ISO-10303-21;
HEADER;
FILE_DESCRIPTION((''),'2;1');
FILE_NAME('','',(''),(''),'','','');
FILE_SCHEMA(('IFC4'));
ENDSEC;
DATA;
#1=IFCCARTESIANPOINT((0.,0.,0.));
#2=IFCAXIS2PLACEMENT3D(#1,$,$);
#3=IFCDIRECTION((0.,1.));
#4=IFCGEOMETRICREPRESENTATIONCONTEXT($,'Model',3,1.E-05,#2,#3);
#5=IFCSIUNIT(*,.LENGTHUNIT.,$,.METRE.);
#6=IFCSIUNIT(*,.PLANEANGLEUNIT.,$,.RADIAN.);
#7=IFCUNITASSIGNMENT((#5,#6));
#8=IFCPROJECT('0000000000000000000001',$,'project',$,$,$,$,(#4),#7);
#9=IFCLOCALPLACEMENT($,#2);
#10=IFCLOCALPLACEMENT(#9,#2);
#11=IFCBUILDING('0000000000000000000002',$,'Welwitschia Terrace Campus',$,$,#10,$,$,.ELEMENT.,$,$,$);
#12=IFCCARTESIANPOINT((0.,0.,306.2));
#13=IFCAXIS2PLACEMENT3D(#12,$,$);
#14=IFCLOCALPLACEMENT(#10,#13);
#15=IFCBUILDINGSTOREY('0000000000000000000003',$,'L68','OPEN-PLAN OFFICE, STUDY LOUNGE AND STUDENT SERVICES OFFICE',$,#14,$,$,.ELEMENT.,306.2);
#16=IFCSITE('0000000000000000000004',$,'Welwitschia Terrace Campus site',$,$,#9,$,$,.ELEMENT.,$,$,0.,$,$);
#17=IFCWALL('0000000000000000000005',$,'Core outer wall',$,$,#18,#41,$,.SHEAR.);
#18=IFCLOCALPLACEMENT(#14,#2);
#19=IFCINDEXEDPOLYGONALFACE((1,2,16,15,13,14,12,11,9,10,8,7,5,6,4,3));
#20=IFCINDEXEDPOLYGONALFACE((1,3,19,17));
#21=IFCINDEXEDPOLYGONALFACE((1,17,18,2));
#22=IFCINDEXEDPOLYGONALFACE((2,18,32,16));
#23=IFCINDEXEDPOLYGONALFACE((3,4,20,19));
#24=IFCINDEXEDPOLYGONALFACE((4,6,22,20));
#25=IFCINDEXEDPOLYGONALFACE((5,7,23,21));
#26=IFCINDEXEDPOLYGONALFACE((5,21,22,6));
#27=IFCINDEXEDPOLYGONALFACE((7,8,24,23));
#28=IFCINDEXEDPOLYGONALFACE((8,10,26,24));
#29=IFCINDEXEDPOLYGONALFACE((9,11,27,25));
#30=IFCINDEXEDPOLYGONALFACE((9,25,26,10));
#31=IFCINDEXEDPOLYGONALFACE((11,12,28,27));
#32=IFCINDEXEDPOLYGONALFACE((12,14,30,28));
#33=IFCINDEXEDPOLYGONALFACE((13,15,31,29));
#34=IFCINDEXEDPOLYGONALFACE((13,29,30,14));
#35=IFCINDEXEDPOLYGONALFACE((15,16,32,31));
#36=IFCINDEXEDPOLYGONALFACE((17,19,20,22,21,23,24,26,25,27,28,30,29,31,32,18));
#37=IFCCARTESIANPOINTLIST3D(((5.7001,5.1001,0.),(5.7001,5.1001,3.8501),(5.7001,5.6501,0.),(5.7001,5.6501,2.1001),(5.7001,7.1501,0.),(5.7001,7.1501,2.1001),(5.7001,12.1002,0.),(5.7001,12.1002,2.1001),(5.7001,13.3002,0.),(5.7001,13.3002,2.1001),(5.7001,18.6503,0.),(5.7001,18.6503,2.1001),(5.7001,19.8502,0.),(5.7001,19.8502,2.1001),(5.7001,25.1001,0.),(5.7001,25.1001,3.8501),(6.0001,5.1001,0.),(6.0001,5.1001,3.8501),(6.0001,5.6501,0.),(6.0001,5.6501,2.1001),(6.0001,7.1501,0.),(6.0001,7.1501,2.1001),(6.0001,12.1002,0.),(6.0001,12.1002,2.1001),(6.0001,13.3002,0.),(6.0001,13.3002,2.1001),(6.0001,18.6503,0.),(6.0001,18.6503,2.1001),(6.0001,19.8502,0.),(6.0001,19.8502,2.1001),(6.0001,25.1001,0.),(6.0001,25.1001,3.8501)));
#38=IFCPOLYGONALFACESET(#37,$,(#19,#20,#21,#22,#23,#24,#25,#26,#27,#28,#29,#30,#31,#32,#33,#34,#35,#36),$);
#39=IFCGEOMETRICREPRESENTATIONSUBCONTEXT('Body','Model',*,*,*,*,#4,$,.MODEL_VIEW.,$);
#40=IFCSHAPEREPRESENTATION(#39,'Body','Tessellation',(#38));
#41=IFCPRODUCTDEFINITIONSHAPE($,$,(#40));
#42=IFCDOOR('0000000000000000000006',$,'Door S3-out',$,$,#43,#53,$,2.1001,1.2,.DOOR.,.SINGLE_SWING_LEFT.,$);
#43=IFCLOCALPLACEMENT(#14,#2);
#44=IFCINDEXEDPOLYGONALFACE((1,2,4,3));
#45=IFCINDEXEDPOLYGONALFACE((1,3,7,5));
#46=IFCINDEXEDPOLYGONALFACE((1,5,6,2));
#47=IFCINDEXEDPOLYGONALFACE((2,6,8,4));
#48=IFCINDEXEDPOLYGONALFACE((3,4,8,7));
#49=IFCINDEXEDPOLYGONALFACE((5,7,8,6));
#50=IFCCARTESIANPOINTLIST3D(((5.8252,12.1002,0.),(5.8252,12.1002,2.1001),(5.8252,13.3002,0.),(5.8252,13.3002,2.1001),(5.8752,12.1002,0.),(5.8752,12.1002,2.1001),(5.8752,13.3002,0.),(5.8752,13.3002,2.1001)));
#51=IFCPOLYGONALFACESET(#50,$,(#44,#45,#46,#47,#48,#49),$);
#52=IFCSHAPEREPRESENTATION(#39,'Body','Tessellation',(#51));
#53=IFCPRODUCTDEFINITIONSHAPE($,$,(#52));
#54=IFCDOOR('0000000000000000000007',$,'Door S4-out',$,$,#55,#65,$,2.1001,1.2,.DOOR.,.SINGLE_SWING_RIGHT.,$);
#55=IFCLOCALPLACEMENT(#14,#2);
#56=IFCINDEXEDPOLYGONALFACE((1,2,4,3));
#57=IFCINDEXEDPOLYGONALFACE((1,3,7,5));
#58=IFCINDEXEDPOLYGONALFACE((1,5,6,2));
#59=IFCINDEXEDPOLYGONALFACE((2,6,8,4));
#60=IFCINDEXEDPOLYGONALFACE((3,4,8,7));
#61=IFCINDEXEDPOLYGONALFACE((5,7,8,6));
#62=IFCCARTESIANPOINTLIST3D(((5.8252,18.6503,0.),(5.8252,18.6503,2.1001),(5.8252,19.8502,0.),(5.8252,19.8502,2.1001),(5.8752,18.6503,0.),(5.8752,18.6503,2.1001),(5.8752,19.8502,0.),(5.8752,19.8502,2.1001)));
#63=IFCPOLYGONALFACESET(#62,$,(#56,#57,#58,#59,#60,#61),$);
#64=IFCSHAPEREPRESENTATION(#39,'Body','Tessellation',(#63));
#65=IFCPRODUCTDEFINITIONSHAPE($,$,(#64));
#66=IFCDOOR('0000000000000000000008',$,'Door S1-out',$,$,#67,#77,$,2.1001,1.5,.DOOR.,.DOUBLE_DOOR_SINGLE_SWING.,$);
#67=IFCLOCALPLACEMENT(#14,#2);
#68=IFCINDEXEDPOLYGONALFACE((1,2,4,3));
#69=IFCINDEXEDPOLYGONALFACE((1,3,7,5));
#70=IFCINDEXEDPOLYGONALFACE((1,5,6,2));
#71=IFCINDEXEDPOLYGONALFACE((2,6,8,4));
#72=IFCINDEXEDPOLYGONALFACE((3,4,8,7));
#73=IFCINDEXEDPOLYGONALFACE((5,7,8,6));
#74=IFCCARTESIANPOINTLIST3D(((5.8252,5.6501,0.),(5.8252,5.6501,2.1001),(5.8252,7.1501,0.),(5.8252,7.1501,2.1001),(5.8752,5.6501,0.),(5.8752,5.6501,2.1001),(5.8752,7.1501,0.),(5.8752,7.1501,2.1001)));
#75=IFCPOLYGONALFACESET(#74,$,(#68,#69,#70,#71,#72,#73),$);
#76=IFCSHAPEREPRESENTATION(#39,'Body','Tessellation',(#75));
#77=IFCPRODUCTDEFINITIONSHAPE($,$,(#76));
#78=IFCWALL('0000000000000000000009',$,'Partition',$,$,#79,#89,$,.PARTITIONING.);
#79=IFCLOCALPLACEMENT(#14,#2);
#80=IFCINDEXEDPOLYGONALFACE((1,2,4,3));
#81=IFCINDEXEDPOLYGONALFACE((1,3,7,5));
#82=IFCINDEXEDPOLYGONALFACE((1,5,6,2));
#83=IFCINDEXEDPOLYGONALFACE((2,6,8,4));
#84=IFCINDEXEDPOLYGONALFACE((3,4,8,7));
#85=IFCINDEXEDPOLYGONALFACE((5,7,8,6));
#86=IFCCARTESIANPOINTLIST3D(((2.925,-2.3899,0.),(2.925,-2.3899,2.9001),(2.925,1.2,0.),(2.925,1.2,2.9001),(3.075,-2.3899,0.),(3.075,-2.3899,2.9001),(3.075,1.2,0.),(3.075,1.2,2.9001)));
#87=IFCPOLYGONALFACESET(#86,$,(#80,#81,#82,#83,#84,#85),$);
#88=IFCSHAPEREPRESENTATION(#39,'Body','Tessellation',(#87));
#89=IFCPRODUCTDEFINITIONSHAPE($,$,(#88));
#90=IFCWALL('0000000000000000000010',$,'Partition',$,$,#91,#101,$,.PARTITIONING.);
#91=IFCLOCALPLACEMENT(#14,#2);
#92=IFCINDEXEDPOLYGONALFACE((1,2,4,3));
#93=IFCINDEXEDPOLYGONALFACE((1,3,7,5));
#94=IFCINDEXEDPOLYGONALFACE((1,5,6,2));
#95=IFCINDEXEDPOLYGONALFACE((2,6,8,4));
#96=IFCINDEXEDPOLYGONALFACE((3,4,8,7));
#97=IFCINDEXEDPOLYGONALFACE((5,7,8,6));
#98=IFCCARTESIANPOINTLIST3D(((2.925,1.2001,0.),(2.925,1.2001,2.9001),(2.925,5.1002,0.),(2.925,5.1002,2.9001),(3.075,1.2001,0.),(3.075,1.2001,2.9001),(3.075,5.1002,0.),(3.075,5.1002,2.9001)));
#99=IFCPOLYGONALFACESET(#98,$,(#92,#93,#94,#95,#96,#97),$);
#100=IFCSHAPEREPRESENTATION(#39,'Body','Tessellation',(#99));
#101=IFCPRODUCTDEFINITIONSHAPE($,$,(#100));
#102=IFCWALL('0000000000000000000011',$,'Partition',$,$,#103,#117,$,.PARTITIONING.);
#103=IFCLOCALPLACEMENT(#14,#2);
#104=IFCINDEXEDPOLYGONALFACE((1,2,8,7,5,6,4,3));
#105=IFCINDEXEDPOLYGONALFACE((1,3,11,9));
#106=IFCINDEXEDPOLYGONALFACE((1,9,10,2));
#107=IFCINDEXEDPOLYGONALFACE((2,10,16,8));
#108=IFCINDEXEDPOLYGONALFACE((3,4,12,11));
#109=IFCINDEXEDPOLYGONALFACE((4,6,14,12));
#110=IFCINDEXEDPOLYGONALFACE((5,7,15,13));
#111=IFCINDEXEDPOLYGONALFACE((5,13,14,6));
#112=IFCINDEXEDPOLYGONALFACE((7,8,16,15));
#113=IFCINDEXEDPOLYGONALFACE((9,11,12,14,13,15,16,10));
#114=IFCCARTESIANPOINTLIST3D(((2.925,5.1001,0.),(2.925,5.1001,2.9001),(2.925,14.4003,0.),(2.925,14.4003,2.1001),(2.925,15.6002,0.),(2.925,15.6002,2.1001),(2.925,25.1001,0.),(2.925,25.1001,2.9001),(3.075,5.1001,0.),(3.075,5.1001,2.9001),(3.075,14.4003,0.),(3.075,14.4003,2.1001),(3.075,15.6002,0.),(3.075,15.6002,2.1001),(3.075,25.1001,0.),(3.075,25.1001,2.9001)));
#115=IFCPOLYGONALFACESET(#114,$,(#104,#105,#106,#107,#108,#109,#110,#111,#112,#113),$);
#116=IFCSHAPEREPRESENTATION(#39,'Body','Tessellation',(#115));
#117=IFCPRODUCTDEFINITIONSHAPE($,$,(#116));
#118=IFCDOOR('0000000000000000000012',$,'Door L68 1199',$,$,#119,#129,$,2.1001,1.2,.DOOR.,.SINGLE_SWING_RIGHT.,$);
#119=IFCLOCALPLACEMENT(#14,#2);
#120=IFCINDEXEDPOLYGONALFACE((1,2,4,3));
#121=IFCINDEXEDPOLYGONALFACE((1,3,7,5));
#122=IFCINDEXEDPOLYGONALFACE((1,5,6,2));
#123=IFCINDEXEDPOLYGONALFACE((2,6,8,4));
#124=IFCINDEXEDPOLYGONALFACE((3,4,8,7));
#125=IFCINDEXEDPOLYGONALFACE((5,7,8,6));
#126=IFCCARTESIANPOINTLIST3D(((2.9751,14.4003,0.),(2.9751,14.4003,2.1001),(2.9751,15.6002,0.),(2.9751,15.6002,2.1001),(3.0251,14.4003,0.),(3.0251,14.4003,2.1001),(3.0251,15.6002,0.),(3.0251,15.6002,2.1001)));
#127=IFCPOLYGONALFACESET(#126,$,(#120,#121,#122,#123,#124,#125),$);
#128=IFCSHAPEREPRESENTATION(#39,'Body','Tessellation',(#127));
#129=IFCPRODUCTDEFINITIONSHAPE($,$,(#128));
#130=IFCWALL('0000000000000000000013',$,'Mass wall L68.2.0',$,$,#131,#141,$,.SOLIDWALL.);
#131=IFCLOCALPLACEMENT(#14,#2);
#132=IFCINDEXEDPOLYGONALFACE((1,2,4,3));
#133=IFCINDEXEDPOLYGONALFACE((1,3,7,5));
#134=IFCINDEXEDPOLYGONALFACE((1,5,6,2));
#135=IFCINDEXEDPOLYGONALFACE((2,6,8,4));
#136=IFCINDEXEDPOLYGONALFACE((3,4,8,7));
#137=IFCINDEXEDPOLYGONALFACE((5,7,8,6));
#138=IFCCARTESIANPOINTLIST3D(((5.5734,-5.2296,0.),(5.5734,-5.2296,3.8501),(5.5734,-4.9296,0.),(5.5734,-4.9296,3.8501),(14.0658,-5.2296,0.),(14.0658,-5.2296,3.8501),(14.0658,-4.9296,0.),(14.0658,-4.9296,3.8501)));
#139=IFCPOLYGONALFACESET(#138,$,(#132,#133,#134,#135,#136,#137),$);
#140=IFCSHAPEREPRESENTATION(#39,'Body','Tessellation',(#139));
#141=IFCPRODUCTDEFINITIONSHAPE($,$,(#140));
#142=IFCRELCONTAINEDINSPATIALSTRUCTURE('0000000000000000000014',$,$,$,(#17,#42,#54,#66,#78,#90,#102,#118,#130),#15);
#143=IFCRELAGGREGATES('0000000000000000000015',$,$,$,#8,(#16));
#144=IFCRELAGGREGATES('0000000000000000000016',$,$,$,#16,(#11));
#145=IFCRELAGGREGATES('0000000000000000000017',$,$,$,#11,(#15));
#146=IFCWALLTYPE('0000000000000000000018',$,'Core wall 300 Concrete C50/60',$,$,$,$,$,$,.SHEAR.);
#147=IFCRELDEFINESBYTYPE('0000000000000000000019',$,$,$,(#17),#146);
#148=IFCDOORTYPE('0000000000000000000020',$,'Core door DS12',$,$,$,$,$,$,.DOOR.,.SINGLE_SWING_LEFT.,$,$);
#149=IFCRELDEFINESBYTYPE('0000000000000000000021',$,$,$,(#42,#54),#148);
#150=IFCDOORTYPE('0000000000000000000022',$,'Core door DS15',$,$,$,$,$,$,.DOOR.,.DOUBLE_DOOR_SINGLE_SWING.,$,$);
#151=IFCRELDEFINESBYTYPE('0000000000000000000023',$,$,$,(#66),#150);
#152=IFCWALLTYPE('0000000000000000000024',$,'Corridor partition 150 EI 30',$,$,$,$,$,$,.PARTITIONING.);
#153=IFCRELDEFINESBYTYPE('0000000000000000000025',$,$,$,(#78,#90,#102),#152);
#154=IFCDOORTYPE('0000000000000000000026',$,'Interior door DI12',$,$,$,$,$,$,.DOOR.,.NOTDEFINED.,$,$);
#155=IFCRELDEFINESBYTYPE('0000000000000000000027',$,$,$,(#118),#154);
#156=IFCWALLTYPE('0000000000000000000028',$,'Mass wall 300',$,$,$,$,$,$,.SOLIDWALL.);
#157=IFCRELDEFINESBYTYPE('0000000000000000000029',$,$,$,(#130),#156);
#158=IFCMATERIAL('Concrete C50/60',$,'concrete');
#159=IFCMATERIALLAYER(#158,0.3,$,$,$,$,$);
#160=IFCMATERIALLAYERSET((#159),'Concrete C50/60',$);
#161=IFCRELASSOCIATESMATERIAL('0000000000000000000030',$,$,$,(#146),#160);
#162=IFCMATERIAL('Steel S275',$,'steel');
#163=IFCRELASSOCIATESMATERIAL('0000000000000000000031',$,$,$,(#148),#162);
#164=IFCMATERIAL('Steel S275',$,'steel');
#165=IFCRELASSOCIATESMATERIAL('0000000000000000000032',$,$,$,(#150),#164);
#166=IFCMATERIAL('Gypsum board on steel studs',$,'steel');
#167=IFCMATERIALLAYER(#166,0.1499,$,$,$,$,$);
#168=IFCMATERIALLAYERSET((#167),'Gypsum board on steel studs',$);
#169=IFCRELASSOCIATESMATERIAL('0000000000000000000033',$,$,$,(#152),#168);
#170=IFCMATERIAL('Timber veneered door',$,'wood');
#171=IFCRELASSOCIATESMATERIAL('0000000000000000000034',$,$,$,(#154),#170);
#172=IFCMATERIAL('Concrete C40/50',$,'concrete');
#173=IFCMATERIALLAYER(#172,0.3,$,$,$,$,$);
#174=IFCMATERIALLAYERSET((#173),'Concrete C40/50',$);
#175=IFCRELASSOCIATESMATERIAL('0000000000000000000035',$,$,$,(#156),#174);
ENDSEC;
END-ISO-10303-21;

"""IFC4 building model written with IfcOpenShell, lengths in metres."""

from ifc_helpers import new_model, si_unit, direction, frame, frame_2d, origin, place, context, subcontext, project, spatial, rectangle, extrude, material, layer, layer_set, type_object, element, fill, save


model = new_model("IFC4")

# Units and contexts
model_context = context("Model", 3, precision=1e-05, world=origin(), true_north=direction((0.0, 1.0)))
body_context = subcontext(model_context, "Body", "Model", "MODEL_VIEW")
ifc_project = project(units=[si_unit("LENGTHUNIT", "METRE"), si_unit("PLANEANGLEUNIT", "RADIAN")], contexts=[model_context])

# Site, building, storey
site_placement = place(None, origin())
site = spatial("IfcSite", under=ifc_project, at=site_placement, Name="Welwitschia Terrace Campus site", CompositionType="ELEMENT", RefElevation=0.0)
building_placement = place(site_placement, origin())
building = spatial("IfcBuilding", under=site, at=building_placement, Name="Welwitschia Terrace Campus", CompositionType="ELEMENT")
storey_placement = place(building_placement, frame((0.0, 0.0, 306.2)))
storey = spatial("IfcBuildingStorey", under=building, at=storey_placement, Name="L68", Description="OPEN-PLAN OFFICE, STUDY LOUNGE AND STUDENT SERVICES OFFICE", CompositionType="ELEMENT", Elevation=306.2)

# Wall, openings, doors
ifc_material_1 = material(Name="Concrete C50/60", Category="concrete")
ifc_layer_1 = layer(ifc_material_1, 0.3)
ifc_layer_set_1 = layer_set([ifc_layer_1], Name="Concrete C50/60")
wall_type_1 = type_object("IfcWallType", Name="Core wall 300 Concrete C50/60", PredefinedType="SHEAR", material=ifc_layer_set_1)
wall_1_placement = place(storey_placement, frame((5.8501, 5.1001, 0.0), z_axis=(0.0, 0.0, 1.0), x_axis=(0.0, 1.0, 0.0)))
wall_1 = element("IfcWall", 1, at=wall_1_placement, inside=storey, type_object=wall_type_1, Name="Core outer wall", PredefinedType="SHEAR", context=body_context, shape_type="SweptSolid", body=[
    extrude(rectangle(XDim=20.0, YDim=0.3, at=frame_2d((10.0, 0.0))), origin(), (0.0, 0.0, 1.0), 3.8501),
])
opening_1_placement = place(wall_1_placement, frame((0.55, 0.0, 0.0)))
opening_1 = element("IfcOpeningElement", 2, at=opening_1_placement, cuts=wall_1, PredefinedType="OPENING", context=body_context, shape_type="SweptSolid", body=[
    extrude(rectangle(XDim=1.5, YDim=2.1001, at=frame_2d((0.75, 1.05))), frame((0.0, 0.1599, 0.0), z_axis=(0.0, -1.0, 0.0), x_axis=(1.0, 0.0, 0.0)), (0.0, 0.0, 1.0), 0.3201),
])
opening_2_placement = place(wall_1_placement, frame((7.0, 0.0, 0.0)))
opening_2 = element("IfcOpeningElement", 3, at=opening_2_placement, cuts=wall_1, PredefinedType="OPENING", context=body_context, shape_type="SweptSolid", body=[
    extrude(rectangle(XDim=1.2, YDim=2.1001, at=frame_2d((0.6001, 1.05))), frame((0.0, 0.1599, 0.0), z_axis=(0.0, -1.0, 0.0), x_axis=(1.0, 0.0, 0.0)), (0.0, 0.0, 1.0), 0.3201),
])
opening_3_placement = place(wall_1_placement, frame((13.55, 0.0, 0.0)))
opening_3 = element("IfcOpeningElement", 4, at=opening_3_placement, cuts=wall_1, PredefinedType="OPENING", context=body_context, shape_type="SweptSolid", body=[
    extrude(rectangle(XDim=1.2, YDim=2.1001, at=frame_2d((0.6001, 1.05))), frame((0.0, 0.1599, 0.0), z_axis=(0.0, -1.0, 0.0), x_axis=(1.0, 0.0, 0.0)), (0.0, 0.0, 1.0), 0.3201),
])
ifc_material_2 = material(Name="Steel S275", Category="steel")
door_type_1 = type_object("IfcDoorType", Name="Core door DS12", OperationType="SINGLE_SWING_LEFT", PredefinedType="DOOR", material=ifc_material_2)
door_1_placement = place(opening_2_placement, origin())
door_1 = element("IfcDoor", 5, at=door_1_placement, inside=storey, type_object=door_type_1, Name="Door S3-out", OperationType="SINGLE_SWING_LEFT", OverallHeight=2.1001, OverallWidth=1.2, PredefinedType="DOOR", context=body_context, shape_type="SweptSolid", body=[
    extrude(rectangle(XDim=1.2, YDim=2.1001, at=frame_2d((0.6001, 1.05))), frame((0.0, 0.0249, 0.0), z_axis=(0.0, -1.0, 0.0), x_axis=(1.0, 0.0, 0.0)), (0.0, 0.0, 1.0), 0.05),
])
fill(opening_2, door_1)
door_2_placement = place(opening_3_placement, origin())
door_2 = element("IfcDoor", 6, at=door_2_placement, inside=storey, type_object=door_type_1, Name="Door S4-out", OperationType="SINGLE_SWING_RIGHT", OverallHeight=2.1001, OverallWidth=1.2, PredefinedType="DOOR", context=body_context, shape_type="SweptSolid", body=[
    extrude(rectangle(XDim=1.2, YDim=2.1001, at=frame_2d((0.6001, 1.05))), frame((0.0, 0.0249, 0.0), z_axis=(0.0, -1.0, 0.0), x_axis=(1.0, 0.0, 0.0)), (0.0, 0.0, 1.0), 0.05),
])
fill(opening_3, door_2)
ifc_material_3 = material(Name="Steel S275", Category="steel")
door_type_2 = type_object("IfcDoorType", Name="Core door DS15", OperationType="DOUBLE_DOOR_SINGLE_SWING", PredefinedType="DOOR", material=ifc_material_3)
door_3_placement = place(opening_1_placement, origin())
door_3 = element("IfcDoor", 7, at=door_3_placement, inside=storey, type_object=door_type_2, Name="Door S1-out", OperationType="DOUBLE_DOOR_SINGLE_SWING", OverallHeight=2.1001, OverallWidth=1.5, PredefinedType="DOOR", context=body_context, shape_type="SweptSolid", body=[
    extrude(rectangle(XDim=1.5, YDim=2.1001, at=frame_2d((0.75, 1.05))), frame((0.0, 0.0249, 0.0), z_axis=(0.0, -1.0, 0.0), x_axis=(1.0, 0.0, 0.0)), (0.0, 0.0, 1.0), 0.05),
])
fill(opening_1, door_3)

# Walls
ifc_material_4 = material(Name="Gypsum board on steel studs", Category="steel")
ifc_layer_2 = layer(ifc_material_4, 0.1499)
ifc_layer_set_2 = layer_set([ifc_layer_2], Name="Gypsum board on steel studs")
wall_type_2 = type_object("IfcWallType", Name="Corridor partition 150 EI 30", PredefinedType="PARTITIONING", material=ifc_layer_set_2)
wall_2_placement = place(storey_placement, frame((3.0, -2.3899, 0.0), z_axis=(0.0, 0.0, 1.0), x_axis=(0.0, 1.0, 0.0)))
element("IfcWall", 8, at=wall_2_placement, inside=storey, type_object=wall_type_2, Name="Partition", PredefinedType="PARTITIONING", context=body_context, shape_type="SweptSolid", body=[
    extrude(rectangle(XDim=3.5898, YDim=0.1499, at=frame_2d((1.7949, 0.0))), origin(), (0.0, 0.0, 1.0), 2.9001),
])
wall_3_placement = place(storey_placement, frame((3.0, 1.2, 0.0), z_axis=(0.0, 0.0, 1.0), x_axis=(0.0, 1.0, 0.0)))
element("IfcWall", 9, at=wall_3_placement, inside=storey, type_object=wall_type_2, Name="Partition", PredefinedType="PARTITIONING", context=body_context, shape_type="SweptSolid", body=[
    extrude(rectangle(XDim=3.9001, YDim=0.1499, at=frame_2d((1.9502, 0.0))), origin(), (0.0, 0.0, 1.0), 2.9001),
])

# Wall, opening, door
wall_4_placement = place(storey_placement, frame((3.0, 5.1001, 0.0), z_axis=(0.0, 0.0, 1.0), x_axis=(0.0, 1.0, 0.0)))
wall_4 = element("IfcWall", 10, at=wall_4_placement, inside=storey, type_object=wall_type_2, Name="Partition", PredefinedType="PARTITIONING", context=body_context, shape_type="SweptSolid", body=[
    extrude(rectangle(XDim=20.0, YDim=0.1499, at=frame_2d((10.0, 0.0))), origin(), (0.0, 0.0, 1.0), 2.9001),
])
opening_4_placement = place(wall_4_placement, frame((9.3, 0.0, 0.0)))
opening_4 = element("IfcOpeningElement", 11, at=opening_4_placement, cuts=wall_4, PredefinedType="OPENING", context=body_context, shape_type="SweptSolid", body=[
    extrude(rectangle(XDim=1.2, YDim=2.1001, at=frame_2d((0.6001, 1.05))), frame((0.0, 0.085, 0.0), z_axis=(0.0, -1.0, 0.0), x_axis=(1.0, 0.0, 0.0)), (0.0, 0.0, 1.0), 0.1699),
])
ifc_material_5 = material(Name="Timber veneered door", Category="wood")
door_type_3 = type_object("IfcDoorType", Name="Interior door DI12", OperationType="NOTDEFINED", PredefinedType="DOOR", material=ifc_material_5)
door_4_placement = place(opening_4_placement, origin())
door_4 = element("IfcDoor", 12, at=door_4_placement, inside=storey, type_object=door_type_3, Name="Door L68 1199", OperationType="SINGLE_SWING_RIGHT", OverallHeight=2.1001, OverallWidth=1.2, PredefinedType="DOOR", context=body_context, shape_type="SweptSolid", body=[
    extrude(rectangle(XDim=1.2, YDim=2.1001, at=frame_2d((0.6001, 1.05))), frame((0.0, 0.0249, 0.0), z_axis=(0.0, -1.0, 0.0), x_axis=(1.0, 0.0, 0.0)), (0.0, 0.0, 1.0), 0.05),
])
fill(opening_4, door_4)

# Wall
ifc_material_6 = material(Name="Concrete C40/50", Category="concrete")
ifc_layer_3 = layer(ifc_material_6, 0.3)
ifc_layer_set_3 = layer_set([ifc_layer_3], Name="Concrete C40/50")
wall_type_3 = type_object("IfcWallType", Name="Mass wall 300", PredefinedType="SOLIDWALL", material=ifc_layer_set_3)
wall_5_placement = place(storey_placement, frame((5.5735, -5.0796, 0.0), z_axis=(0.0, 0.0, 1.0), x_axis=(1.0, 0.0, 0.0)))
element("IfcWall", 13, at=wall_5_placement, inside=storey, type_object=wall_type_3, Name="Mass wall L68.2.0", PredefinedType="SOLIDWALL", context=body_context, shape_type="SweptSolid", body=[
    extrude(rectangle(XDim=8.4924, YDim=0.3, at=frame_2d((4.2461, 0.0))), origin(), (0.0, 0.0, 1.0), 3.8501),
])

save(model, "model.ifc")
